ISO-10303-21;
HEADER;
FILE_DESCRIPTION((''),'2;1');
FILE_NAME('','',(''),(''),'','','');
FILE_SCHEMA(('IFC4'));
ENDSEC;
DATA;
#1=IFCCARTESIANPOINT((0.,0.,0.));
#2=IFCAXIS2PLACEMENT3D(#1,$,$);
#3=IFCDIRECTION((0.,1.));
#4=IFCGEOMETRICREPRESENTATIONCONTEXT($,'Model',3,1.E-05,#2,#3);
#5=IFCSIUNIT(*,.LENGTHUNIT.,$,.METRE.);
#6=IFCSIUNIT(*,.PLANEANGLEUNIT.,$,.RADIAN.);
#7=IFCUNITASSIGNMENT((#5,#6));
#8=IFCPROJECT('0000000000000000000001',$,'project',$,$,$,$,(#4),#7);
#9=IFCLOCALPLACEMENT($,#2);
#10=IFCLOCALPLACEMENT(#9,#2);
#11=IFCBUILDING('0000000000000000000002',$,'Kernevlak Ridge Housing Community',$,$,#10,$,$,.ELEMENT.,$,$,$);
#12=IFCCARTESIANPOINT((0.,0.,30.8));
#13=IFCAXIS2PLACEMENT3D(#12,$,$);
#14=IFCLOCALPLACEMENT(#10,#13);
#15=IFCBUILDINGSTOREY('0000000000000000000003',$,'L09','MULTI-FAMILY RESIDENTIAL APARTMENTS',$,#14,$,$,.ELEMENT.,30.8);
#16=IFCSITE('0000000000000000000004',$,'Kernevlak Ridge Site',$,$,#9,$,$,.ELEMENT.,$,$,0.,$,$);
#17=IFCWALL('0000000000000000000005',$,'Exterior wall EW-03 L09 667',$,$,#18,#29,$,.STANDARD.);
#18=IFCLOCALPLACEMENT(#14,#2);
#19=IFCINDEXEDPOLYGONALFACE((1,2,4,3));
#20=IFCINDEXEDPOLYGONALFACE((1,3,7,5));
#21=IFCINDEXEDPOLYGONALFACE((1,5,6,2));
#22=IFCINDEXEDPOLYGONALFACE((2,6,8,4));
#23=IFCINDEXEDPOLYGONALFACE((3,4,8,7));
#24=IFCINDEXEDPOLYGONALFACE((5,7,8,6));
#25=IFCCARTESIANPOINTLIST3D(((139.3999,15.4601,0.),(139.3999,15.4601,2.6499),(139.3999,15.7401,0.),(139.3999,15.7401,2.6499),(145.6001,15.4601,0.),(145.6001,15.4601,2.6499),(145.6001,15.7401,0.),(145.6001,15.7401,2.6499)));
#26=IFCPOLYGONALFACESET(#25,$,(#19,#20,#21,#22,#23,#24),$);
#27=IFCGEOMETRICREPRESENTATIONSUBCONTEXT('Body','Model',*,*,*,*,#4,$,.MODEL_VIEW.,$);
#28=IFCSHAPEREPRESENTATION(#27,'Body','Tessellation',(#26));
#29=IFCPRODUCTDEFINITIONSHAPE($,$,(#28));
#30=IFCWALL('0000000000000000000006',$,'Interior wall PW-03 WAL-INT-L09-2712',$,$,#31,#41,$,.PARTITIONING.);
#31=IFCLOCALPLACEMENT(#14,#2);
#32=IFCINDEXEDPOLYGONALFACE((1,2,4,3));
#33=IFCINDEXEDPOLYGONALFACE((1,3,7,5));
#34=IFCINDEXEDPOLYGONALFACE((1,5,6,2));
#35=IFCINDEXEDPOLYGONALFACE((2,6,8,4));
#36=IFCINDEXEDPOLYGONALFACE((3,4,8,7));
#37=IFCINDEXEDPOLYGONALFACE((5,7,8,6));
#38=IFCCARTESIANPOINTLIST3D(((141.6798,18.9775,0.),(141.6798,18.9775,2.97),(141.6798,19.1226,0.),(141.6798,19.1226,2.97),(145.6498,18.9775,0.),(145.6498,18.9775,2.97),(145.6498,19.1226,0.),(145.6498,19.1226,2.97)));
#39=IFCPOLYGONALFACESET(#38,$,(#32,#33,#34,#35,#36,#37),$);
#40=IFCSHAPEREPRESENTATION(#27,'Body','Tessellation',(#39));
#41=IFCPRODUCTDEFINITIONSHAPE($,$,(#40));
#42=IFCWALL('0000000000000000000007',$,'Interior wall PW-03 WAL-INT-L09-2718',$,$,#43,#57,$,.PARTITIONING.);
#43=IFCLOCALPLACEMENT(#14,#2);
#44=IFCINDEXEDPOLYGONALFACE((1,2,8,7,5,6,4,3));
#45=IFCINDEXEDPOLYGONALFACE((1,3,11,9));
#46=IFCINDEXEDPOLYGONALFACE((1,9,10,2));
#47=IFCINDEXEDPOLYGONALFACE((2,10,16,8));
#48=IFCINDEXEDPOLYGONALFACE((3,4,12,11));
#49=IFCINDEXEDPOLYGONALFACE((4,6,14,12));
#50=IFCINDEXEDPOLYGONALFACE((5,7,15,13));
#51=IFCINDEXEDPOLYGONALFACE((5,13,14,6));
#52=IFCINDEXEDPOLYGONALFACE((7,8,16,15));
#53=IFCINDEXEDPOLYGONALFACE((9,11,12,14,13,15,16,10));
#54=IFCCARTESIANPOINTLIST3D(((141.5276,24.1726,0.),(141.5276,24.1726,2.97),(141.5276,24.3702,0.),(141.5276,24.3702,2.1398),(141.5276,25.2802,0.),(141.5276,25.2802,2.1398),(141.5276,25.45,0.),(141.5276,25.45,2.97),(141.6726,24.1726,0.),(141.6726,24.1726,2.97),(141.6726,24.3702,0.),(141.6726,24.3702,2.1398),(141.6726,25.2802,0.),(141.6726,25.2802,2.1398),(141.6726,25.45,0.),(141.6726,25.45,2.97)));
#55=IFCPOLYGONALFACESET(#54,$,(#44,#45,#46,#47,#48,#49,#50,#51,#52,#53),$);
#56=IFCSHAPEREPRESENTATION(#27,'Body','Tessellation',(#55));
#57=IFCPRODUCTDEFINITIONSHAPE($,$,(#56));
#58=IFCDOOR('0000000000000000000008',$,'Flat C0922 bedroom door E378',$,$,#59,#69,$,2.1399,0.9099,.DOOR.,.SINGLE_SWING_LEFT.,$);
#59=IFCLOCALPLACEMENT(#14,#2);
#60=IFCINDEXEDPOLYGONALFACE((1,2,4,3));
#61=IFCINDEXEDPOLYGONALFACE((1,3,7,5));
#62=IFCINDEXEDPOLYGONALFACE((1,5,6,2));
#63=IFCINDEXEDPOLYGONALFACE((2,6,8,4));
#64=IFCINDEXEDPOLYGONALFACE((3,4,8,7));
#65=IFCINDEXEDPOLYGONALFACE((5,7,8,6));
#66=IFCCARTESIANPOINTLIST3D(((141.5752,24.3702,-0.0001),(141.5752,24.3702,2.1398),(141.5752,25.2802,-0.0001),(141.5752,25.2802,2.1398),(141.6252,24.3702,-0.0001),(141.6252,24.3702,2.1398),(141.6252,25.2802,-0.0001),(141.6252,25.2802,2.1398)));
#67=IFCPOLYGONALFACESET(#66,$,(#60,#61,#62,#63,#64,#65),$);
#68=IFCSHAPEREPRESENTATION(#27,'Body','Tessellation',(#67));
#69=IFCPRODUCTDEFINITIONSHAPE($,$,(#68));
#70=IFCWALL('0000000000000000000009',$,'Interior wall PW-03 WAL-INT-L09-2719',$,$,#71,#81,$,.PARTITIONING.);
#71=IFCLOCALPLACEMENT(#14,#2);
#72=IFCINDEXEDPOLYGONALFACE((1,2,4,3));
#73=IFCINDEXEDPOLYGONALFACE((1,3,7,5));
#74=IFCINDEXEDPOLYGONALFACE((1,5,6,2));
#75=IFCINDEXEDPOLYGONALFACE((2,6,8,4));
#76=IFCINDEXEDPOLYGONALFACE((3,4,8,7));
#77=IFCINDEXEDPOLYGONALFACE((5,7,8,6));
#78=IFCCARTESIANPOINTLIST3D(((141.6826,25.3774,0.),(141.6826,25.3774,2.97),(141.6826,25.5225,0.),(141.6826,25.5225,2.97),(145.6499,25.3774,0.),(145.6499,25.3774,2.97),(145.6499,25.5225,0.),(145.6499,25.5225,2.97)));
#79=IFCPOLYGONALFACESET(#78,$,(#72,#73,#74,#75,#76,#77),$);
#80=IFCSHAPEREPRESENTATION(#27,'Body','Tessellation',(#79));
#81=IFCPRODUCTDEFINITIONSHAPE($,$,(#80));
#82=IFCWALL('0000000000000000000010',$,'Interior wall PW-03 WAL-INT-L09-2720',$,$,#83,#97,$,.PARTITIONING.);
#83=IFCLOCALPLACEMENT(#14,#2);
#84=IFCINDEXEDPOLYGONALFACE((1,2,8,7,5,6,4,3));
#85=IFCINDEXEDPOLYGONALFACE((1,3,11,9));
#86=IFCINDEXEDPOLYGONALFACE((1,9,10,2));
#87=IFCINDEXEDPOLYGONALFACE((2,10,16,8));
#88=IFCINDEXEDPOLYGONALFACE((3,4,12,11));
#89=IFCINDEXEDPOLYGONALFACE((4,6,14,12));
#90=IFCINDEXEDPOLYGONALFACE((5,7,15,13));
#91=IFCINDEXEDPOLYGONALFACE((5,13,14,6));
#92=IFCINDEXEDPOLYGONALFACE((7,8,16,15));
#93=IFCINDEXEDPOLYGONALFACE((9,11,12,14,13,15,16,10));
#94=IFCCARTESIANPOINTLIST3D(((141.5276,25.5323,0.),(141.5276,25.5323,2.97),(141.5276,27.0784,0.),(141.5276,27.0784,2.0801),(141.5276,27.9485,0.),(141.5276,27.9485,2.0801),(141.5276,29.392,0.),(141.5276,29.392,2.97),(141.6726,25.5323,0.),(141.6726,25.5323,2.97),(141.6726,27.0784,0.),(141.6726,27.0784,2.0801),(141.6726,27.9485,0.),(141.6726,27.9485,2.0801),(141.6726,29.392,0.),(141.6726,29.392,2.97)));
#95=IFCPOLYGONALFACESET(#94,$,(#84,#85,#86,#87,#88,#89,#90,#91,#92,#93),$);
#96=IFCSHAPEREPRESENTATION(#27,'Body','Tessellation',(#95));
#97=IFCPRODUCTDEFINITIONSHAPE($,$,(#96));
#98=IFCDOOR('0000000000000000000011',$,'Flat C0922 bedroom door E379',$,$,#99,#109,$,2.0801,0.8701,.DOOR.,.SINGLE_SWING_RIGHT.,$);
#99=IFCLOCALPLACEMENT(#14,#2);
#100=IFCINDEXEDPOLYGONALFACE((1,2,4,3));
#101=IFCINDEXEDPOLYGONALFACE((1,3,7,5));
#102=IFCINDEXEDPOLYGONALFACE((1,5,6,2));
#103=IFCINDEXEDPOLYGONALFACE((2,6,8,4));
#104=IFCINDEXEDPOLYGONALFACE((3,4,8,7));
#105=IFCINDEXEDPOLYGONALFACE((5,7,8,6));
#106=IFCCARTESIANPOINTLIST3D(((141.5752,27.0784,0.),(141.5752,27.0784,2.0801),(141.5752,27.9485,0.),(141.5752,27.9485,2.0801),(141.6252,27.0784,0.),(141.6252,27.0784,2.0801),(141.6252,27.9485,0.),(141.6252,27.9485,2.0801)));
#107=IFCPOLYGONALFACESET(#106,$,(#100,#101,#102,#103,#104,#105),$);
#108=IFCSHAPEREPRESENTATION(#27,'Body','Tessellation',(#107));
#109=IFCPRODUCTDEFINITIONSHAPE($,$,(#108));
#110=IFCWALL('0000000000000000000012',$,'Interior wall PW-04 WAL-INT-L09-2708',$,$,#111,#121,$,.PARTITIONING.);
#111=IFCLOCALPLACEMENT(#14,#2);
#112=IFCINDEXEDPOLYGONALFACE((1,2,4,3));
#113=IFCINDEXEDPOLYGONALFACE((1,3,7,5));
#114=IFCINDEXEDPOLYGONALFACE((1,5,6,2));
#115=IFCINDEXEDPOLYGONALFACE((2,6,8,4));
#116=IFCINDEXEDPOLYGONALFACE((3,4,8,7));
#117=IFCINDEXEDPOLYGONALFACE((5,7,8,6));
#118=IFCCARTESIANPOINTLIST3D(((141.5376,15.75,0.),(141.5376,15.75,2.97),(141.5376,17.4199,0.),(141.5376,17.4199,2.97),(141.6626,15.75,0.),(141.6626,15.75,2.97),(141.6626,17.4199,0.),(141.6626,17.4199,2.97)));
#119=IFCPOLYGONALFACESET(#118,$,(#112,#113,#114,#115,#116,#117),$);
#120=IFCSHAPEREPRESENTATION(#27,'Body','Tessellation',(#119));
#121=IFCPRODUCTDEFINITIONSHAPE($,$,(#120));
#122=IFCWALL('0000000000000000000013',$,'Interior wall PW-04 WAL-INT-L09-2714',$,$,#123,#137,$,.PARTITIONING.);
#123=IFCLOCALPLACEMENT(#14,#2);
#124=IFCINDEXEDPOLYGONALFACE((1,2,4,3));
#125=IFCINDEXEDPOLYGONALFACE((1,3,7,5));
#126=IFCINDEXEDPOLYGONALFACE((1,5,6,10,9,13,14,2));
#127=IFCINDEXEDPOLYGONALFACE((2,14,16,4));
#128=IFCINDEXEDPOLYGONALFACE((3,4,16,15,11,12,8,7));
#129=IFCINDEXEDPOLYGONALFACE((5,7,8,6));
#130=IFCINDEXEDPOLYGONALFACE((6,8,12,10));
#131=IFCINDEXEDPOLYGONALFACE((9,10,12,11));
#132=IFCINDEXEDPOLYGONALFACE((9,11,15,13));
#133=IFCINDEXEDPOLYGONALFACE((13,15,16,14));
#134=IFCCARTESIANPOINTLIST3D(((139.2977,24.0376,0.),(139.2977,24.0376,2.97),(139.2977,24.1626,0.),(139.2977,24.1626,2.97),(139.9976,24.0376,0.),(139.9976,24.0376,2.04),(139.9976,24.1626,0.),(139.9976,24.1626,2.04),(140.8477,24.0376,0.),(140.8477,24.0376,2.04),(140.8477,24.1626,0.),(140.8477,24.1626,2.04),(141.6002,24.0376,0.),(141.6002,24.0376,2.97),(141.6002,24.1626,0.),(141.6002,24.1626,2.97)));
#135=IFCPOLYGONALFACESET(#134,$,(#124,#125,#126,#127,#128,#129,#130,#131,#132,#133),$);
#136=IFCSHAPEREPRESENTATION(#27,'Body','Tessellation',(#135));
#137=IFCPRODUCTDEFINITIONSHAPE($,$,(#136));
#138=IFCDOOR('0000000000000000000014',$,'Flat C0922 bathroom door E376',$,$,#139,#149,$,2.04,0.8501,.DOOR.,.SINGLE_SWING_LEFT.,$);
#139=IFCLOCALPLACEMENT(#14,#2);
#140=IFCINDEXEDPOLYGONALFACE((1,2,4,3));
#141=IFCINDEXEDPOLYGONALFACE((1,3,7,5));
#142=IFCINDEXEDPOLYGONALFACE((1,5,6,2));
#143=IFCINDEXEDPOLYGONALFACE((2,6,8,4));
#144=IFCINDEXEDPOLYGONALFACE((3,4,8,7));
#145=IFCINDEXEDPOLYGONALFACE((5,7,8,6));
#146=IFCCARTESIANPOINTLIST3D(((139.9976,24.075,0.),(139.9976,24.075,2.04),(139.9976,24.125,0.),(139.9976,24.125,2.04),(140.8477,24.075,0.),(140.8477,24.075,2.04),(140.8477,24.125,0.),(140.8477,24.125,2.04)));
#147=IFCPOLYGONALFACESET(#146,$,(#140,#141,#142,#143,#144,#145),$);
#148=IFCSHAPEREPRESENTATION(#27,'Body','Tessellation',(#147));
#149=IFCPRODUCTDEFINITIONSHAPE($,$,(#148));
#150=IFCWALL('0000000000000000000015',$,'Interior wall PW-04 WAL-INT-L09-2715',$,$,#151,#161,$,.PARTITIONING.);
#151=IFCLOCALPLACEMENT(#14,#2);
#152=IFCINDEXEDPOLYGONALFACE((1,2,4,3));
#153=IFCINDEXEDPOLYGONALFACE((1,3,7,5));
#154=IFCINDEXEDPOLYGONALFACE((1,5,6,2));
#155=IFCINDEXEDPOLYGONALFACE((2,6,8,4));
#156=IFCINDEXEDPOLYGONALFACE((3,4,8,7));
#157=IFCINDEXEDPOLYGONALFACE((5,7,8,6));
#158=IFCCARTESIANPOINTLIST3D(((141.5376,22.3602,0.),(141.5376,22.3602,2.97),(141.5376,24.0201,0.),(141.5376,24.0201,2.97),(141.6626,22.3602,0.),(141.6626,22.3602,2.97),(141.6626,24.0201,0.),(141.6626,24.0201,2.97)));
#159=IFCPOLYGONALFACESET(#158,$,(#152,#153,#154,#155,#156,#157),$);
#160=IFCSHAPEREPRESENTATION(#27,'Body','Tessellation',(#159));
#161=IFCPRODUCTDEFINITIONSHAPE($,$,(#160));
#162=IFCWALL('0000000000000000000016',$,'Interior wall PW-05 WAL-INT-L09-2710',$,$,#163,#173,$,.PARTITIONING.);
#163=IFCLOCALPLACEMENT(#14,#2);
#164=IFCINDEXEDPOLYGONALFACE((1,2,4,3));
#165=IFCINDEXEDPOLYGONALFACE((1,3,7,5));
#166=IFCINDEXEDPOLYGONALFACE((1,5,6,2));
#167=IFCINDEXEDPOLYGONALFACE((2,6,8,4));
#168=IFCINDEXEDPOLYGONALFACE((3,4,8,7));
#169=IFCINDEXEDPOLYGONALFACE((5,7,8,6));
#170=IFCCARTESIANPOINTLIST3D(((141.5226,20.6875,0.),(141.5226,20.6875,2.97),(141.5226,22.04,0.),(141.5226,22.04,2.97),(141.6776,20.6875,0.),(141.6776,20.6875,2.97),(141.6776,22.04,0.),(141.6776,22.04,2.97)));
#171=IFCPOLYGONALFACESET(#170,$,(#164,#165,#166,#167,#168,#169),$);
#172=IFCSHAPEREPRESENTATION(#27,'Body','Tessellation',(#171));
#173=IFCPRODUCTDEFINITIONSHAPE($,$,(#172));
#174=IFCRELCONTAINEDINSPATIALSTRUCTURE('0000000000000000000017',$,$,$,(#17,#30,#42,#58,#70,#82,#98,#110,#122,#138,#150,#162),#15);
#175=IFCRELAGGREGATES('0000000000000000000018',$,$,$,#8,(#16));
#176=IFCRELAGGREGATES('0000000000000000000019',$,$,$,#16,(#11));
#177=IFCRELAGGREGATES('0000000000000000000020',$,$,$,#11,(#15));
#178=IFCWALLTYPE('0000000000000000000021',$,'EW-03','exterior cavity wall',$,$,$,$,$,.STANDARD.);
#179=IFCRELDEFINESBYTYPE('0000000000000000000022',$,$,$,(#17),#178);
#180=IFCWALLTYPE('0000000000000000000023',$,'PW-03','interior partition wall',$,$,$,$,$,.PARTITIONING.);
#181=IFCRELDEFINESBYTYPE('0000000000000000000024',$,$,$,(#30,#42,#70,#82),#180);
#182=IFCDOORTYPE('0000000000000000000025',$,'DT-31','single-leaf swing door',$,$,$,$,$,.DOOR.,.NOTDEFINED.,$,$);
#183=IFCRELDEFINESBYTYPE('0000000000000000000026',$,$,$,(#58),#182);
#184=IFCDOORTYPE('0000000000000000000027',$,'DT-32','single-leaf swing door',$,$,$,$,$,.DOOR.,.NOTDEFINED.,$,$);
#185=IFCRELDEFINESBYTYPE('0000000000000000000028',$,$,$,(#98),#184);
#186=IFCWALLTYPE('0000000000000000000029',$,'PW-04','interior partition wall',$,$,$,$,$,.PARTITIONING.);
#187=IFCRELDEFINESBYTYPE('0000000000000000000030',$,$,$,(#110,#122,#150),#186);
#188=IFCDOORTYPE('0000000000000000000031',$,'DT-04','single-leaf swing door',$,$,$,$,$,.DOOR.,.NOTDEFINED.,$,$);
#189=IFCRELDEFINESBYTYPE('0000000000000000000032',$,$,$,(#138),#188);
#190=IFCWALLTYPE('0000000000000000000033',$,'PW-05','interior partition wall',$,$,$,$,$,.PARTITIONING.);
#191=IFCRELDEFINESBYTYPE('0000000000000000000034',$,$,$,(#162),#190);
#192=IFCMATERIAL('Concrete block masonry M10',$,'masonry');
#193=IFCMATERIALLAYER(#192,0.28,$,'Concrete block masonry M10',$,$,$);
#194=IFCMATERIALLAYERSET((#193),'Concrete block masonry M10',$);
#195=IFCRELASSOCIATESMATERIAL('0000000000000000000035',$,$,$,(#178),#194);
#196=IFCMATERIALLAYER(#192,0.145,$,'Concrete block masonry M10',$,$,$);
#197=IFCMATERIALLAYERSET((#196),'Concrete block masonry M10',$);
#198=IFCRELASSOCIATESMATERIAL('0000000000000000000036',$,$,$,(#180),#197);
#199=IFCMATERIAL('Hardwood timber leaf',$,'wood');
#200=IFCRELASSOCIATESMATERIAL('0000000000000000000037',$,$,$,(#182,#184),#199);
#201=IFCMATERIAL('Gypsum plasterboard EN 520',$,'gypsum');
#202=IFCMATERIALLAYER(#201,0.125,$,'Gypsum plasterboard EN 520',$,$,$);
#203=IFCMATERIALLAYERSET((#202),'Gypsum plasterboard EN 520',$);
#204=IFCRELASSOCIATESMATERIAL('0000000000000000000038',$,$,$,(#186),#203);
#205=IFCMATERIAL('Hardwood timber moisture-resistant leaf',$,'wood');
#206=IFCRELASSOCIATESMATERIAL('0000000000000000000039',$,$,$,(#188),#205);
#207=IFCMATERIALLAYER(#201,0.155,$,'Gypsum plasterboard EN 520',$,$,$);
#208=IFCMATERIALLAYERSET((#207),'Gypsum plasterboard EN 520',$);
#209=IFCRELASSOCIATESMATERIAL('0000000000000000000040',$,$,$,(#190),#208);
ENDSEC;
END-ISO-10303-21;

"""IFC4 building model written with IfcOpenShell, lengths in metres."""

from ifc_helpers import new_model, si_unit, direction, frame, frame_2d, origin, place, context, subcontext, project, spatial, rectangle, extrude, material, layer, layer_set, type_object, element, fill, save


model = new_model("IFC4")

# Units and contexts
model_context = context("Model", 3, precision=1e-05, world=origin(), true_north=direction((0.0, 1.0)))
body_context = subcontext(model_context, "Body", "Model", "MODEL_VIEW")
ifc_project = project(units=[si_unit("LENGTHUNIT", "METRE"), si_unit("PLANEANGLEUNIT", "RADIAN")], contexts=[model_context])

# Site, building, storey
site_placement = place(None, origin())
site = spatial("IfcSite", under=ifc_project, at=site_placement, Name="Kernevlak Ridge Site", CompositionType="ELEMENT", RefElevation=0.0)
building_placement = place(site_placement, origin())
building = spatial("IfcBuilding", under=site, at=building_placement, Name="Kernevlak Ridge Housing Community", CompositionType="ELEMENT")
storey_placement = place(building_placement, frame((0.0, 0.0, 30.8)))
storey = spatial("IfcBuildingStorey", under=building, at=storey_placement, Name="L09", Description="MULTI-FAMILY RESIDENTIAL APARTMENTS", CompositionType="ELEMENT", Elevation=30.8)

# Shared definitions
ifc_material_1 = material(Name="Concrete block masonry M10", Category="masonry")
ifc_layer_1 = layer(ifc_material_1, 0.28, Name="Concrete block masonry M10")
ifc_layer_set_1 = layer_set([ifc_layer_1], Name="Concrete block masonry M10")
wall_type_1 = type_object("IfcWallType", Name="EW-03", Description="exterior cavity wall", PredefinedType="STANDARD", material=ifc_layer_set_1)

# Walls
wall_1_placement = place(storey_placement, frame((139.3999, 15.6001, 0.0), z_axis=(0.0, 0.0, 1.0), x_axis=(1.0, 0.0, 0.0)))
element("IfcWall", 1, at=wall_1_placement, inside=storey, type_object=wall_type_1, Name="Exterior wall EW-03 L09 667", PredefinedType="STANDARD", context=body_context, shape_type="SweptSolid", body=[
    extrude(rectangle(XDim=6.2002, YDim=0.28, at=frame_2d((3.1001, 0.0))), origin(), (0.0, 0.0, 1.0), 2.6499),
])
ifc_layer_2 = layer(ifc_material_1, 0.145, Name="Concrete block masonry M10")
ifc_layer_set_2 = layer_set([ifc_layer_2], Name="Concrete block masonry M10")
wall_type_2 = type_object("IfcWallType", Name="PW-03", Description="interior partition wall", PredefinedType="PARTITIONING", material=ifc_layer_set_2)
wall_2_placement = place(storey_placement, frame((141.6799, 19.05, 0.0), z_axis=(0.0, 0.0, 1.0), x_axis=(1.0, 0.0, 0.0)))
element("IfcWall", 2, at=wall_2_placement, inside=storey, type_object=wall_type_2, Name="Interior wall PW-03 WAL-INT-L09-2712", PredefinedType="PARTITIONING", context=body_context, shape_type="SweptSolid", body=[
    extrude(rectangle(XDim=3.97, YDim=0.145, at=frame_2d((1.9849, 0.0))), origin(), (0.0, 0.0, 1.0), 2.97),
])

# Wall, opening, door
wall_3_placement = place(storey_placement, frame((141.6001, 24.1726, 0.0), z_axis=(0.0, 0.0, 1.0), x_axis=(0.0, 1.0, 0.0)))
wall_3 = element("IfcWall", 3, at=wall_3_placement, inside=storey, type_object=wall_type_2, Name="Interior wall PW-03 WAL-INT-L09-2718", PredefinedType="PARTITIONING", context=body_context, shape_type="SweptSolid", body=[
    extrude(rectangle(XDim=1.2773, YDim=0.145, at=frame_2d((0.6387, 0.0))), origin(), (0.0, 0.0, 1.0), 2.97),
])
opening_1_placement = place(wall_3_placement, frame((0.1975, 0.0, 0.0)))
opening_1 = element("IfcOpeningElement", 4, at=opening_1_placement, cuts=wall_3, PredefinedType="OPENING", context=body_context, shape_type="SweptSolid", body=[
    extrude(rectangle(XDim=0.9099, YDim=2.1399, at=frame_2d((0.4551, 1.0698))), frame((0.0, 0.0825, 0.0), z_axis=(0.0, -1.0, 0.0), x_axis=(1.0, 0.0, 0.0)), (0.0, 0.0, 1.0), 0.165),
])
ifc_material_2 = material(Name="Hardwood timber leaf", Category="wood")
door_type_1 = type_object("IfcDoorType", Name="DT-31", Description="single-leaf swing door", OperationType="NOTDEFINED", PredefinedType="DOOR", material=ifc_material_2)
door_1_placement = place(opening_1_placement, origin())
door_1 = element("IfcDoor", 5, at=door_1_placement, inside=storey, type_object=door_type_1, Name="Flat C0922 bedroom door E378", OperationType="SINGLE_SWING_LEFT", OverallHeight=2.1399, OverallWidth=0.9099, PredefinedType="DOOR", context=body_context, shape_type="SweptSolid", body=[
    extrude(rectangle(XDim=0.9099, YDim=2.1399, at=frame_2d((0.4551, 1.0698))), frame((0.0, 0.0249, 0.0), z_axis=(0.0, -1.0, 0.0), x_axis=(1.0, 0.0, 0.0)), (0.0, 0.0, 1.0), 0.05),
])
fill(opening_1, door_1)

# Wall
wall_4_placement = place(storey_placement, frame((141.6826, 25.45, 0.0), z_axis=(0.0, 0.0, 1.0), x_axis=(1.0, 0.0, 0.0)))
element("IfcWall", 6, at=wall_4_placement, inside=storey, type_object=wall_type_2, Name="Interior wall PW-03 WAL-INT-L09-2719", PredefinedType="PARTITIONING", context=body_context, shape_type="SweptSolid", body=[
    extrude(rectangle(XDim=3.9673, YDim=0.145, at=frame_2d((1.9836, 0.0))), origin(), (0.0, 0.0, 1.0), 2.97),
])

# Wall, opening, door
wall_5_placement = place(storey_placement, frame((141.6001, 25.5325, 0.0), z_axis=(0.0, 0.0, 1.0), x_axis=(0.0, 1.0, 0.0)))
wall_5 = element("IfcWall", 7, at=wall_5_placement, inside=storey, type_object=wall_type_2, Name="Interior wall PW-03 WAL-INT-L09-2720", PredefinedType="PARTITIONING", context=body_context, shape_type="SweptSolid", body=[
    extrude(rectangle(XDim=3.8596, YDim=0.145, at=frame_2d((1.9297, 0.0))), origin(), (0.0, 0.0, 1.0), 2.97),
])
opening_2_placement = place(wall_5_placement, frame((1.5459, 0.0, 0.0)))
opening_2 = element("IfcOpeningElement", 8, at=opening_2_placement, cuts=wall_5, PredefinedType="OPENING", context=body_context, shape_type="SweptSolid", body=[
    extrude(rectangle(XDim=0.8701, YDim=2.0801, at=frame_2d((0.4351, 1.04))), frame((0.0, 0.0825, 0.0), z_axis=(0.0, -1.0, 0.0), x_axis=(1.0, 0.0, 0.0)), (0.0, 0.0, 1.0), 0.165),
])
door_type_2 = type_object("IfcDoorType", Name="DT-32", Description="single-leaf swing door", OperationType="NOTDEFINED", PredefinedType="DOOR", material=ifc_material_2)
door_2_placement = place(opening_2_placement, origin())
door_2 = element("IfcDoor", 9, at=door_2_placement, inside=storey, type_object=door_type_2, Name="Flat C0922 bedroom door E379", OperationType="SINGLE_SWING_RIGHT", OverallHeight=2.0801, OverallWidth=0.8701, PredefinedType="DOOR", context=body_context, shape_type="SweptSolid", body=[
    extrude(rectangle(XDim=0.8701, YDim=2.0801, at=frame_2d((0.4351, 1.04))), frame((0.0, 0.0249, 0.0), z_axis=(0.0, -1.0, 0.0), x_axis=(1.0, 0.0, 0.0)), (0.0, 0.0, 1.0), 0.05),
])
fill(opening_2, door_2)

# Wall
ifc_material_3 = material(Name="Gypsum plasterboard EN 520", Category="gypsum")
ifc_layer_3 = layer(ifc_material_3, 0.125, Name="Gypsum plasterboard EN 520")
ifc_layer_set_3 = layer_set([ifc_layer_3], Name="Gypsum plasterboard EN 520")
wall_type_3 = type_object("IfcWallType", Name="PW-04", Description="interior partition wall", PredefinedType="PARTITIONING", material=ifc_layer_set_3)
wall_6_placement = place(storey_placement, frame((141.6001, 15.75, 0.0), z_axis=(0.0, 0.0, 1.0), x_axis=(0.0, 1.0, 0.0)))
element("IfcWall", 10, at=wall_6_placement, inside=storey, type_object=wall_type_3, Name="Interior wall PW-04 WAL-INT-L09-2708", PredefinedType="PARTITIONING", context=body_context, shape_type="SweptSolid", body=[
    extrude(rectangle(XDim=1.6699, YDim=0.125, at=frame_2d((0.835, 0.0))), origin(), (0.0, 0.0, 1.0), 2.97),
])

# Wall, opening, door
wall_7_placement = place(storey_placement, frame((139.2976, 24.1001, 0.0), z_axis=(0.0, 0.0, 1.0), x_axis=(1.0, 0.0, 0.0)))
wall_7 = element("IfcWall", 11, at=wall_7_placement, inside=storey, type_object=wall_type_3, Name="Interior wall PW-04 WAL-INT-L09-2714", PredefinedType="PARTITIONING", context=body_context, shape_type="SweptSolid", body=[
    extrude(rectangle(XDim=2.3025, YDim=0.125, at=frame_2d((1.1514, 0.0))), origin(), (0.0, 0.0, 1.0), 2.97),
])
opening_3_placement = place(wall_7_placement, frame((0.7, 0.0, 0.0)))
opening_3 = element("IfcOpeningElement", 12, at=opening_3_placement, cuts=wall_7, PredefinedType="OPENING", context=body_context, shape_type="SweptSolid", body=[
    extrude(rectangle(XDim=0.8501, YDim=2.04, at=frame_2d((0.425, 1.02))), frame((0.0, 0.0725, 0.0), z_axis=(0.0, -1.0, 0.0), x_axis=(1.0, 0.0, 0.0)), (0.0, 0.0, 1.0), 0.145),
])
ifc_material_4 = material(Name="Hardwood timber moisture-resistant leaf", Category="wood")
door_type_3 = type_object("IfcDoorType", Name="DT-04", Description="single-leaf swing door", OperationType="NOTDEFINED", PredefinedType="DOOR", material=ifc_material_4)
door_3_placement = place(opening_3_placement, origin())
door_3 = element("IfcDoor", 13, at=door_3_placement, inside=storey, type_object=door_type_3, Name="Flat C0922 bathroom door E376", OperationType="SINGLE_SWING_LEFT", OverallHeight=2.04, OverallWidth=0.8501, PredefinedType="DOOR", context=body_context, shape_type="SweptSolid", body=[
    extrude(rectangle(XDim=0.8501, YDim=2.04, at=frame_2d((0.425, 1.02))), frame((0.0, 0.0249, 0.0), z_axis=(0.0, -1.0, 0.0), x_axis=(1.0, 0.0, 0.0)), (0.0, 0.0, 1.0), 0.05),
])
fill(opening_3, door_3)

# Walls
wall_8_placement = place(storey_placement, frame((141.6001, 22.3601, 0.0), z_axis=(0.0, 0.0, 1.0), x_axis=(0.0, 1.0, 0.0)))
element("IfcWall", 14, at=wall_8_placement, inside=storey, type_object=wall_type_3, Name="Interior wall PW-04 WAL-INT-L09-2715", PredefinedType="PARTITIONING", context=body_context, shape_type="SweptSolid", body=[
    extrude(rectangle(XDim=1.6599, YDim=0.125, at=frame_2d((0.8301, 0.0))), origin(), (0.0, 0.0, 1.0), 2.97),
])
ifc_layer_4 = layer(ifc_material_3, 0.155, Name="Gypsum plasterboard EN 520")
ifc_layer_set_4 = layer_set([ifc_layer_4], Name="Gypsum plasterboard EN 520")
wall_type_4 = type_object("IfcWallType", Name="PW-05", Description="interior partition wall", PredefinedType="PARTITIONING", material=ifc_layer_set_4)
wall_9_placement = place(storey_placement, frame((141.6001, 20.6875, 0.0), z_axis=(0.0, 0.0, 1.0), x_axis=(0.0, 1.0, 0.0)))
element("IfcWall", 15, at=wall_9_placement, inside=storey, type_object=wall_type_4, Name="Interior wall PW-05 WAL-INT-L09-2710", PredefinedType="PARTITIONING", context=body_context, shape_type="SweptSolid", body=[
    extrude(rectangle(XDim=1.3525, YDim=0.155, at=frame_2d((0.6763, 0.0))), origin(), (0.0, 0.0, 1.0), 2.97),
])

save(model, "model.ifc")
